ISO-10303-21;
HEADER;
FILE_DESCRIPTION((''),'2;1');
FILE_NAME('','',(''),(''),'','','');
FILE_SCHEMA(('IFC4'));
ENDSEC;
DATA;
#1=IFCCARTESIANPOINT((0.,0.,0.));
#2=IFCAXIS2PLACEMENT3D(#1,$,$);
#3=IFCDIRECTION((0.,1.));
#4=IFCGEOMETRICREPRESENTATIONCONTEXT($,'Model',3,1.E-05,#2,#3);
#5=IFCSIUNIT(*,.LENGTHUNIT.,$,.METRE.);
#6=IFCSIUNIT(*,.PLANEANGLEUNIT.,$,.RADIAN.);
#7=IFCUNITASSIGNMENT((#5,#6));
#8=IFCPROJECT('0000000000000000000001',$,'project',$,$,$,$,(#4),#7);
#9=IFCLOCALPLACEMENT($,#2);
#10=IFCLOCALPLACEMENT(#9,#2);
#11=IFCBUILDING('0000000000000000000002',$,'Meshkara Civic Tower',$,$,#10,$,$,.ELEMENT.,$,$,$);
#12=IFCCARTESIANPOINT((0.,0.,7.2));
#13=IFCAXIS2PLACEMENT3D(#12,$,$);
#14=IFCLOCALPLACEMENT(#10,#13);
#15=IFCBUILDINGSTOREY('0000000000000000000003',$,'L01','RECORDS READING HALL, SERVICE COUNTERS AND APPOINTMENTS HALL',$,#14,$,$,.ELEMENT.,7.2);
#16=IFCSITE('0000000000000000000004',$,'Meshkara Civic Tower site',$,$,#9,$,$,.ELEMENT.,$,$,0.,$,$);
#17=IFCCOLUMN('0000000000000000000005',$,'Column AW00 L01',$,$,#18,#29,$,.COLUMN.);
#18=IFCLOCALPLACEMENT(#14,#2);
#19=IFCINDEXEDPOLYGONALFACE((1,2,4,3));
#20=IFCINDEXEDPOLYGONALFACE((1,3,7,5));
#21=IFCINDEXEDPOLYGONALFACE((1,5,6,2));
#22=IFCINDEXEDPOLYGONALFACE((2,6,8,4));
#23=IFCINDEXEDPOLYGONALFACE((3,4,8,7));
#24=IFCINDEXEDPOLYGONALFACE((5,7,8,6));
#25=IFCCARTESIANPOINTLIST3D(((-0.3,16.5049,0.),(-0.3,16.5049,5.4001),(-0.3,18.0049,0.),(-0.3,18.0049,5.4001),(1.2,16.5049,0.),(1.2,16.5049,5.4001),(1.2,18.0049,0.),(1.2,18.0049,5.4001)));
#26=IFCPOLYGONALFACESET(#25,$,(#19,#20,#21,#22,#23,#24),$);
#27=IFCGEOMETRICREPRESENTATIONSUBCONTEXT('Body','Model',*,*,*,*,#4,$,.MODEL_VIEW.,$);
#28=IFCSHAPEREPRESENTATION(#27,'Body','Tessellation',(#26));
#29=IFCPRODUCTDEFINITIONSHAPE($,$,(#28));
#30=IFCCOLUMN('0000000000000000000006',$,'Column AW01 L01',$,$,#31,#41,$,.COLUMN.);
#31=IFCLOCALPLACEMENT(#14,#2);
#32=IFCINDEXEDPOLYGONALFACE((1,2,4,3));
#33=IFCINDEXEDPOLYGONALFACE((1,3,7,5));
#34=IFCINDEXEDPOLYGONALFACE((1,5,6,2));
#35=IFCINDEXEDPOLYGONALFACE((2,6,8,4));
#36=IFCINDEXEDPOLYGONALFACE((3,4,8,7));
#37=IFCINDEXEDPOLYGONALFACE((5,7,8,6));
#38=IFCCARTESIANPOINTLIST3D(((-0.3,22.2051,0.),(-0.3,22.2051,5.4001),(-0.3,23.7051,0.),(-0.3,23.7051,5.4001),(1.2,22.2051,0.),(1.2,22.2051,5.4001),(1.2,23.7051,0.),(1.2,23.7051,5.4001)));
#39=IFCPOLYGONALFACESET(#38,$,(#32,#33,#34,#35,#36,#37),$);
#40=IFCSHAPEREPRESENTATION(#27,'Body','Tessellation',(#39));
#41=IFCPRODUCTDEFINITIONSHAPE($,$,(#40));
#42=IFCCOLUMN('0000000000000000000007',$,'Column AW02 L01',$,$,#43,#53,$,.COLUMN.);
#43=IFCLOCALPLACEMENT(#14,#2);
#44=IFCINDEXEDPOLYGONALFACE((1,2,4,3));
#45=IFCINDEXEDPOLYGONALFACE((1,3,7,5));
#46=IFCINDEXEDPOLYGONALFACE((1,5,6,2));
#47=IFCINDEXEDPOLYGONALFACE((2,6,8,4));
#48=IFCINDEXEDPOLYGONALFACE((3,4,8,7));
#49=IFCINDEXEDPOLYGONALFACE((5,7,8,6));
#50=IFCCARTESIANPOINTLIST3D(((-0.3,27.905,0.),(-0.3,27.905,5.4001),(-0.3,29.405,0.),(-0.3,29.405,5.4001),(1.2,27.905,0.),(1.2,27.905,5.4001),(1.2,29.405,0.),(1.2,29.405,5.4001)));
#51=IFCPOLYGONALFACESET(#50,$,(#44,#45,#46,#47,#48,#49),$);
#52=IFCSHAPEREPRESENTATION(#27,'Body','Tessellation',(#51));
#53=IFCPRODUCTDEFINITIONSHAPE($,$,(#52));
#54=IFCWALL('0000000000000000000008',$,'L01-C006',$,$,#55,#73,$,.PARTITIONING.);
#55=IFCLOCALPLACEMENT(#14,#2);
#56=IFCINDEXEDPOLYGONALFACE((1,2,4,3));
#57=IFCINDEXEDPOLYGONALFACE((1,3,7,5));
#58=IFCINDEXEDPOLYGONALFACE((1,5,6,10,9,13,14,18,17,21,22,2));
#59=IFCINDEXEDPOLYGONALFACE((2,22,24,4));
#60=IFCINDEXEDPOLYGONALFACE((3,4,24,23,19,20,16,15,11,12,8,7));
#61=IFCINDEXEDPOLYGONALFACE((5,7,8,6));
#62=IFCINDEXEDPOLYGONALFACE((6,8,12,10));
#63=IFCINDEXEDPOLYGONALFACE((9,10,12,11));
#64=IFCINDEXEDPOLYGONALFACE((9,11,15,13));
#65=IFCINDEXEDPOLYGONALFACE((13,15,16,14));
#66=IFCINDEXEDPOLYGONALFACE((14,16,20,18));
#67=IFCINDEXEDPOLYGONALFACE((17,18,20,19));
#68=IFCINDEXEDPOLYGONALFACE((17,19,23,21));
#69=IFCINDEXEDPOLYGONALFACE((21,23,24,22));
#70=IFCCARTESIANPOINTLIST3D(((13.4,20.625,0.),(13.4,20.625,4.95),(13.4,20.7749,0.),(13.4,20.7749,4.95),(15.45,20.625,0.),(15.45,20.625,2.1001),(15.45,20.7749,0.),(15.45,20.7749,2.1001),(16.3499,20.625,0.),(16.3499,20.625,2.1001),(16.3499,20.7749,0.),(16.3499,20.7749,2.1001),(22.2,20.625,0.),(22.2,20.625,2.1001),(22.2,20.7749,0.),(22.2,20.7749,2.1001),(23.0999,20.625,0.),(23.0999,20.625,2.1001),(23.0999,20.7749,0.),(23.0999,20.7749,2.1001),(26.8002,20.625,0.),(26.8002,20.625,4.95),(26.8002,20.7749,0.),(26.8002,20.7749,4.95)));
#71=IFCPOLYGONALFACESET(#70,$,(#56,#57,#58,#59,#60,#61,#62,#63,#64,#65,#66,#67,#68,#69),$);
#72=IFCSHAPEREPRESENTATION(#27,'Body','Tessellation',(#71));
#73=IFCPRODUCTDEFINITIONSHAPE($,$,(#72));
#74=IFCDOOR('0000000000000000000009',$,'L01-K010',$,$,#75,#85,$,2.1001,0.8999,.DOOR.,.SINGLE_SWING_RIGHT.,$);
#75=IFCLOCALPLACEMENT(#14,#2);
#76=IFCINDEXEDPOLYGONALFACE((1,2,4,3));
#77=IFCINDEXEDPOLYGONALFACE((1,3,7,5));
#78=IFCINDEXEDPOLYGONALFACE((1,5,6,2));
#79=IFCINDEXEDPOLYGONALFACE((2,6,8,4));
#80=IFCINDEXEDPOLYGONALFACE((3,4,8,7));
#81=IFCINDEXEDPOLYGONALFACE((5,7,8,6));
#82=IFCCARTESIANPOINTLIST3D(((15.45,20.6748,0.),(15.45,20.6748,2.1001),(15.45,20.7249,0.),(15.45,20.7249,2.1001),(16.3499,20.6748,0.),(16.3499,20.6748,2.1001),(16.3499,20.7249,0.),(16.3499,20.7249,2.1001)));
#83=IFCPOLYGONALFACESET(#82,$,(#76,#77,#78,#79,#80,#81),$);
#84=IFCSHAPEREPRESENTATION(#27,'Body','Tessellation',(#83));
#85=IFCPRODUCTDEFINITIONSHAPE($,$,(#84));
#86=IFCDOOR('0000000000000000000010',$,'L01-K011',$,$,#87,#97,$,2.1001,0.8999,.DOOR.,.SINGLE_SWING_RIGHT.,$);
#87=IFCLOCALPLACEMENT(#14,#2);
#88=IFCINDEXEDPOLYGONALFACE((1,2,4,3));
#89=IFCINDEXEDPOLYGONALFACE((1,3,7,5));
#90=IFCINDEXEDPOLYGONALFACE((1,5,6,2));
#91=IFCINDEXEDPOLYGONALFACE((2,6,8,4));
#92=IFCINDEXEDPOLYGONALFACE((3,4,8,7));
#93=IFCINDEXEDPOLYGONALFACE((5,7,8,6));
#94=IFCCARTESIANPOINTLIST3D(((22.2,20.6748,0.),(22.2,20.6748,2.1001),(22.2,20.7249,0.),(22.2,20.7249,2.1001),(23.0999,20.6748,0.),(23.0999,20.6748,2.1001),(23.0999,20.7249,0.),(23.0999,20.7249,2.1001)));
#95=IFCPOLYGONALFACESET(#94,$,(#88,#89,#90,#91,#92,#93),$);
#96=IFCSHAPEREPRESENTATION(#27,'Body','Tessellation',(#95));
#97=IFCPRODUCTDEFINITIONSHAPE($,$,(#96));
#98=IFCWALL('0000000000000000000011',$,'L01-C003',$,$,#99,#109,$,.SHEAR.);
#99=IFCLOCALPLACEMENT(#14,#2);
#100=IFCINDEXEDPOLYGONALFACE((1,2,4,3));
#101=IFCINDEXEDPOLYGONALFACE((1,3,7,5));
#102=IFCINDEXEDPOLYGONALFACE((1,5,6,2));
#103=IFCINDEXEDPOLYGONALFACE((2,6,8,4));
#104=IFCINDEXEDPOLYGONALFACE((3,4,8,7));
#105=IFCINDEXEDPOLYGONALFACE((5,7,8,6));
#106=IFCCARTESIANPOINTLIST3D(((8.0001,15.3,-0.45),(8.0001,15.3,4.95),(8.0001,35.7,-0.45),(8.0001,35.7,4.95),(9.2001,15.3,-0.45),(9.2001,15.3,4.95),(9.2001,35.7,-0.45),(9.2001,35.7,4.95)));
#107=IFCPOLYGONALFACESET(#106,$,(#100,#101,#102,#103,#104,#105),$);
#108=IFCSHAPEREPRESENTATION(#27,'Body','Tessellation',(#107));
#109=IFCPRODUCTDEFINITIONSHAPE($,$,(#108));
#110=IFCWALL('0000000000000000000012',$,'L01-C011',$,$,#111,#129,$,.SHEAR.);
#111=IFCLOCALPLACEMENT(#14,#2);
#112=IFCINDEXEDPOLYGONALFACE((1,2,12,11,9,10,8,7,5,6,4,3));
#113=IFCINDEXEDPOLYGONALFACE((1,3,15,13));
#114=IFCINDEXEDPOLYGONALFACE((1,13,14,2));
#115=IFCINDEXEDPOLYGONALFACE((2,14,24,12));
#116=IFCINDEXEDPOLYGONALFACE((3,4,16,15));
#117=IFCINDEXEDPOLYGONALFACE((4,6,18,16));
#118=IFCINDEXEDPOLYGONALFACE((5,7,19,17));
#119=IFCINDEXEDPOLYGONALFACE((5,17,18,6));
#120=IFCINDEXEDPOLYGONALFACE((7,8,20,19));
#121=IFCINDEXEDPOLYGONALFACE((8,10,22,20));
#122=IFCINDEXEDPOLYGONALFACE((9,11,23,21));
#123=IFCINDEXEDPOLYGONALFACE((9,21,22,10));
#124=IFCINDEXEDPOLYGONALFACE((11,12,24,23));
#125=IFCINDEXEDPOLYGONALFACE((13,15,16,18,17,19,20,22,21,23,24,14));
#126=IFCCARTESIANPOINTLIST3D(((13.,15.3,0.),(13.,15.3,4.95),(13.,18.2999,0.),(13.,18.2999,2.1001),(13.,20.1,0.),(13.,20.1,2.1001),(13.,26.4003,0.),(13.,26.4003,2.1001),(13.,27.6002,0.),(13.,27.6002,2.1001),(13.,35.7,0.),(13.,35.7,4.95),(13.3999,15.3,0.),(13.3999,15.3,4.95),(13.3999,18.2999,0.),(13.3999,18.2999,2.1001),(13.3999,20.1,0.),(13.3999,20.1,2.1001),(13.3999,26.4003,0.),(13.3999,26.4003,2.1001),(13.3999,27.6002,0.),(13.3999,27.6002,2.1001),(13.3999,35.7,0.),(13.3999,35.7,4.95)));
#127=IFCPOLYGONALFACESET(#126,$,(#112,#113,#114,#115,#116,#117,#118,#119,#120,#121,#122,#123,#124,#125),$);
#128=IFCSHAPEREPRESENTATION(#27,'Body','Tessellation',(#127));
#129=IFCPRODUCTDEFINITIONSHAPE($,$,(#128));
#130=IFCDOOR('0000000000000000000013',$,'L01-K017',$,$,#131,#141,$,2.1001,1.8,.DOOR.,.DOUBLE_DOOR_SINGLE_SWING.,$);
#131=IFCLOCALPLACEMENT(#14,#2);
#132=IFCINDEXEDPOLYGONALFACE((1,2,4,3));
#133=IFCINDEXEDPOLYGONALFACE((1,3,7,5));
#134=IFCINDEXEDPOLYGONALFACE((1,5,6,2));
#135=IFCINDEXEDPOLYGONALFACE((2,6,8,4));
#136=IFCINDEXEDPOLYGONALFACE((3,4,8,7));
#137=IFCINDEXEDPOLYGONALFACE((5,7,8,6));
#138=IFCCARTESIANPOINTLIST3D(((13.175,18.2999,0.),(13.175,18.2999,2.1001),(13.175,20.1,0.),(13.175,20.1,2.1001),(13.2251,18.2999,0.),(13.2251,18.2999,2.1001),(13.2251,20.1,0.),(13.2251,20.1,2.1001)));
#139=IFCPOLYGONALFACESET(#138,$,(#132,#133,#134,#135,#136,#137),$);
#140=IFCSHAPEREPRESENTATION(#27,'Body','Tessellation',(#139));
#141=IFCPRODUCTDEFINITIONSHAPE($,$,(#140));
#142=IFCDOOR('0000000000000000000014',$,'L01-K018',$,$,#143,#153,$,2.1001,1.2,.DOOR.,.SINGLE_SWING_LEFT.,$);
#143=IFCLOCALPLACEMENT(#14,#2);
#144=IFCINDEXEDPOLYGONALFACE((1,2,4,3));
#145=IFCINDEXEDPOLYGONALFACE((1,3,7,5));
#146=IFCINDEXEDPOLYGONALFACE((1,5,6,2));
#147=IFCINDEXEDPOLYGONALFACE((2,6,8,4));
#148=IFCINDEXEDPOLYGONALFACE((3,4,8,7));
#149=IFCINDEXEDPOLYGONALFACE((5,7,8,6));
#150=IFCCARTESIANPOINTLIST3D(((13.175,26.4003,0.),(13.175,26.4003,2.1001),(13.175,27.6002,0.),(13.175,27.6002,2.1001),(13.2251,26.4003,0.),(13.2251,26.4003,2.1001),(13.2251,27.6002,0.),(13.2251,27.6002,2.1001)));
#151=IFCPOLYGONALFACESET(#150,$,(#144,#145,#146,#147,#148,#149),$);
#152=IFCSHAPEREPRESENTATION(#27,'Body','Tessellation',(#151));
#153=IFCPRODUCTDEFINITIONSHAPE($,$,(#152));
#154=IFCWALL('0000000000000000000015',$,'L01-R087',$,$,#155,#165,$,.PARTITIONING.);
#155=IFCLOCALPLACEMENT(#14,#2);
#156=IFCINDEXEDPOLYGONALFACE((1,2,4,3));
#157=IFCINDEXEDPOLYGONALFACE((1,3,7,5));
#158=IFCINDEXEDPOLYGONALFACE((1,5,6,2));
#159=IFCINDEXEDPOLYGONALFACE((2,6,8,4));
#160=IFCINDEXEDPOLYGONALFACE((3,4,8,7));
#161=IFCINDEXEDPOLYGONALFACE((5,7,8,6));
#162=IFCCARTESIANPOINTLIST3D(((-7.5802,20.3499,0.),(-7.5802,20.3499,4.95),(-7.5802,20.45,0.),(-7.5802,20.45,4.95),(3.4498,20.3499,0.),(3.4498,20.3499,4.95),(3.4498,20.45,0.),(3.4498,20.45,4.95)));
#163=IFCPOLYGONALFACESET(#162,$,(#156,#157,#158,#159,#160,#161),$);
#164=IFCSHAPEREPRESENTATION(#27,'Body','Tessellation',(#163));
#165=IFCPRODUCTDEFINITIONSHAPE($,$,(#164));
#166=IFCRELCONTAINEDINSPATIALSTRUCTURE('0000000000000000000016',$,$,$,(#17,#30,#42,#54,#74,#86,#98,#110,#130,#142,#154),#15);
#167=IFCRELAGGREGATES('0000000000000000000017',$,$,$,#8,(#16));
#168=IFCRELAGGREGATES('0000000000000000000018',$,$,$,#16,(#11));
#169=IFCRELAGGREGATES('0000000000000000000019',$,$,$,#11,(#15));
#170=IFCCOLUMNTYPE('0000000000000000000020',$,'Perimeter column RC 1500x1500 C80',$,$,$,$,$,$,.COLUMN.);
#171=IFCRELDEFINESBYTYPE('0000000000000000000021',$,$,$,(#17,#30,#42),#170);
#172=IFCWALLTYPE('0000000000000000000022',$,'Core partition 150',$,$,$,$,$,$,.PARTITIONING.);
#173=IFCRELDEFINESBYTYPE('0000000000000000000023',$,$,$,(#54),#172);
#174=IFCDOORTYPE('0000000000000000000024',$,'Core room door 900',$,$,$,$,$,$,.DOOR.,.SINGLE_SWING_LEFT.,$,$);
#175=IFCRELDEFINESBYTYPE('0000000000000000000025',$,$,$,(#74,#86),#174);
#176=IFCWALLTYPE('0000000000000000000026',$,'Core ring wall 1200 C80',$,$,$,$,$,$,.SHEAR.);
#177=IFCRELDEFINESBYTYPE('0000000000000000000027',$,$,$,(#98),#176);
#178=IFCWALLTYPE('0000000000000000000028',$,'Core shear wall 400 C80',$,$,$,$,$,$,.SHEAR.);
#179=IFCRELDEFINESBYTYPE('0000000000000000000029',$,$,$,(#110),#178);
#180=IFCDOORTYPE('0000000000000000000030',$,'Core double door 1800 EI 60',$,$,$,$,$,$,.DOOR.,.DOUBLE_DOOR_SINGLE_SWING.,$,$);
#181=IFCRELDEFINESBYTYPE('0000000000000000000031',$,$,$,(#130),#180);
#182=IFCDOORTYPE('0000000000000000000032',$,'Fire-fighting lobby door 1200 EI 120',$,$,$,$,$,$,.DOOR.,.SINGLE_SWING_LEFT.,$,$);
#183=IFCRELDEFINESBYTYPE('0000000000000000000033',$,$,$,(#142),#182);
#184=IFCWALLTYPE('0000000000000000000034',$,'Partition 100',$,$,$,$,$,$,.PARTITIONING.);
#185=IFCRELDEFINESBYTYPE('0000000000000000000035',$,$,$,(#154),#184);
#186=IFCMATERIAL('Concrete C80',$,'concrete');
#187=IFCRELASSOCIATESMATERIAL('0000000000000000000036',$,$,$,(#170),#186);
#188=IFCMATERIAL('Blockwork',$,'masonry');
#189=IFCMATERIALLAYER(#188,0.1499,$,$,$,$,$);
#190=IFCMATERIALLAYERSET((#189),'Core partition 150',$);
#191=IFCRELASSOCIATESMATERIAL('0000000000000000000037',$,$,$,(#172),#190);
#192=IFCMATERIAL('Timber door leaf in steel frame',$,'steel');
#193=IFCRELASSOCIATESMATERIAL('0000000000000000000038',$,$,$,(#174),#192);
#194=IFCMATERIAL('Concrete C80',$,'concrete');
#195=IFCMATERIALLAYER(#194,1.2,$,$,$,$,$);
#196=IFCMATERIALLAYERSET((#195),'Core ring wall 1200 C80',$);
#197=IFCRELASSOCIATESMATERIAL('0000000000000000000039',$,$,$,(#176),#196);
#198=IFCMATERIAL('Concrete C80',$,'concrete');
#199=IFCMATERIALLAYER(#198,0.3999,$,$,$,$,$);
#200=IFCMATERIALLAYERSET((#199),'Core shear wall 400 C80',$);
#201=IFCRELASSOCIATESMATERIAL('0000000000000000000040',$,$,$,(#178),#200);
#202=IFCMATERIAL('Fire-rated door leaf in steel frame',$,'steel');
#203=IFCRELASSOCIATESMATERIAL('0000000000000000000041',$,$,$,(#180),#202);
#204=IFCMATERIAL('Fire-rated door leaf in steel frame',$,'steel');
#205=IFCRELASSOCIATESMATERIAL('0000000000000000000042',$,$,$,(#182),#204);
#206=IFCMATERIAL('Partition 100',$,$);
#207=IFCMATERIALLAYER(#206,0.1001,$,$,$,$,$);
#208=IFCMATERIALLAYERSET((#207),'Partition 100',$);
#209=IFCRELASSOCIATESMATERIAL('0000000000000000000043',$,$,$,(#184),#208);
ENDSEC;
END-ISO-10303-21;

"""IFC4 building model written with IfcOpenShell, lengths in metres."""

from ifc_helpers import new_model, si_unit, direction, frame, frame_2d, origin, origin_2d, place, context, subcontext, project, spatial, rectangle, extrude, material, layer, layer_set, material_profile, profile_set, type_object, element, fill, save


model = new_model("IFC4")

# Units and contexts
model_context = context("Model", 3, precision=1e-05, world=origin(), true_north=direction((0.0, 1.0)))
body_context = subcontext(model_context, "Body", "Model", "MODEL_VIEW")
ifc_project = project(units=[si_unit("LENGTHUNIT", "METRE"), si_unit("PLANEANGLEUNIT", "RADIAN")], contexts=[model_context])

# Site, building, storey
site_placement = place(None, origin())
site = spatial("IfcSite", under=ifc_project, at=site_placement, Name="Meshkara Civic Tower site", CompositionType="ELEMENT", RefElevation=0.0)
building_placement = place(site_placement, origin())
building = spatial("IfcBuilding", under=site, at=building_placement, Name="Meshkara Civic Tower", CompositionType="ELEMENT")
storey_placement = place(building_placement, frame((0.0, 0.0, 7.2)))
storey = spatial("IfcBuildingStorey", under=building, at=storey_placement, Name="L01", Description="RECORDS READING HALL, SERVICE COUNTERS AND APPOINTMENTS HALL", CompositionType="ELEMENT", Elevation=7.2)

# Columns
ifc_material_1 = material(Name="Concrete C80", Category="concrete")
ifc_material_profile = material_profile(ifc_material_1, rectangle(XDim=1.5, YDim=1.5, at=origin_2d()))
ifc_profile_set = profile_set([ifc_material_profile], Name="Concrete C80")
column_type = type_object("IfcColumnType", Name="Perimeter column RC 1500x1500 C80", PredefinedType="COLUMN", material=ifc_profile_set)
for number, where, z_axis, x_axis, name in (
    (1, (0.45, 17.2549, 0.0), (0.0, 0.0, 1.0), (1.0, 0.0, 0.0), "Column AW00 L01"),
    (2, (0.45, 22.9551, 0.0), (0.0, 0.0, 1.0), (1.0, 0.0, 0.0), "Column AW01 L01"),
    (3, (0.45, 28.655, 0.0), (0.0, 0.0, 1.0), (1.0, 0.0, 0.0), "Column AW02 L01"),
):
    element("IfcColumn", number, at=place(storey_placement, frame(where, z_axis=z_axis, x_axis=x_axis)), inside=storey, type_object=column_type, Name=name, PredefinedType="COLUMN", context=body_context, shape_type="SweptSolid", body=[
        extrude(rectangle(XDim=1.5, YDim=1.5, at=origin_2d()), origin(), (0.0, 0.0, 1.0), 5.4001),
    ])

# Wall, openings, doors
ifc_material_2 = material(Name="Blockwork", Category="masonry")
ifc_layer_1 = layer(ifc_material_2, 0.1499)
ifc_layer_set_1 = layer_set([ifc_layer_1], Name="Core partition 150")
wall_type_1 = type_object("IfcWallType", Name="Core partition 150", PredefinedType="PARTITIONING", material=ifc_layer_set_1)
wall_1_placement = place(storey_placement, frame((13.3999, 20.7, 0.0), z_axis=(0.0, 0.0, 1.0), x_axis=(1.0, 0.0, 0.0)))
wall_1 = element("IfcWall", 4, at=wall_1_placement, inside=storey, type_object=wall_type_1, Name="L01-C006", PredefinedType="PARTITIONING", context=body_context, shape_type="SweptSolid", body=[
    extrude(rectangle(XDim=13.4001, YDim=0.1499, at=frame_2d((6.7002, 0.0))), origin(), (0.0, 0.0, 1.0), 4.95),
])
opening_1_placement = place(wall_1_placement, frame((2.05, 0.0, 0.0)))
opening_1 = element("IfcOpeningElement", 5, at=opening_1_placement, cuts=wall_1, PredefinedType="OPENING", context=body_context, shape_type="SweptSolid", body=[
    extrude(rectangle(XDim=0.8999, YDim=2.1001, at=frame_2d((0.45, 1.05))), frame((0.0, 0.085, 0.0), z_axis=(0.0, -1.0, 0.0), x_axis=(1.0, 0.0, 0.0)), (0.0, 0.0, 1.0), 0.1699),
])
opening_2_placement = place(wall_1_placement, frame((8.8, 0.0, 0.0)))
opening_2 = element("IfcOpeningElement", 6, at=opening_2_placement, cuts=wall_1, PredefinedType="OPENING", context=body_context, shape_type="SweptSolid", body=[
    extrude(rectangle(XDim=0.8999, YDim=2.1001, at=frame_2d((0.45, 1.05))), frame((0.0, 0.085, 0.0), z_axis=(0.0, -1.0, 0.0), x_axis=(1.0, 0.0, 0.0)), (0.0, 0.0, 1.0), 0.1699),
])
ifc_material_3 = material(Name="Timber door leaf in steel frame", Category="steel")
door_type_1 = type_object("IfcDoorType", Name="Core room door 900", OperationType="SINGLE_SWING_LEFT", PredefinedType="DOOR", material=ifc_material_3)
door_1_placement = place(opening_1_placement, origin())
door_1 = element("IfcDoor", 7, at=door_1_placement, inside=storey, type_object=door_type_1, Name="L01-K010", OperationType="SINGLE_SWING_RIGHT", OverallHeight=2.1001, OverallWidth=0.8999, PredefinedType="DOOR", context=body_context, shape_type="SweptSolid", body=[
    extrude(rectangle(XDim=0.8999, YDim=2.1001, at=frame_2d((0.45, 1.05))), frame((0.0, 0.0249, 0.0), z_axis=(0.0, -1.0, 0.0), x_axis=(1.0, 0.0, 0.0)), (0.0, 0.0, 1.0), 0.05),
])
fill(opening_1, door_1)
door_2_placement = place(opening_2_placement, origin())
door_2 = element("IfcDoor", 8, at=door_2_placement, inside=storey, type_object=door_type_1, Name="L01-K011", OperationType="SINGLE_SWING_RIGHT", OverallHeight=2.1001, OverallWidth=0.8999, PredefinedType="DOOR", context=body_context, shape_type="SweptSolid", body=[
    extrude(rectangle(XDim=0.8999, YDim=2.1001, at=frame_2d((0.45, 1.05))), frame((0.0, 0.0249, 0.0), z_axis=(0.0, -1.0, 0.0), x_axis=(1.0, 0.0, 0.0)), (0.0, 0.0, 1.0), 0.05),
])
fill(opening_2, door_2)

# Wall
ifc_material_4 = material(Name="Concrete C80", Category="concrete")
ifc_layer_2 = layer(ifc_material_4, 1.2)
ifc_layer_set_2 = layer_set([ifc_layer_2], Name="Core ring wall 1200 C80")
wall_type_2 = type_object("IfcWallType", Name="Core ring wall 1200 C80", PredefinedType="SHEAR", material=ifc_layer_set_2)
wall_2_placement = place(storey_placement, frame((8.6001, 15.3, -0.45), z_axis=(0.0, 0.0, 1.0), x_axis=(0.0, 1.0, 0.0)))
element("IfcWall", 9, at=wall_2_placement, inside=storey, type_object=wall_type_2, Name="L01-C003", PredefinedType="SHEAR", context=body_context, shape_type="SweptSolid", body=[
    extrude(rectangle(XDim=20.3999, YDim=1.2, at=frame_2d((10.2, 0.0))), origin(), (0.0, 0.0, 1.0), 5.3999),
])

# Wall, openings, doors
ifc_material_5 = material(Name="Concrete C80", Category="concrete")
ifc_layer_3 = layer(ifc_material_5, 0.3999)
ifc_layer_set_3 = layer_set([ifc_layer_3], Name="Core shear wall 400 C80")
wall_type_3 = type_object("IfcWallType", Name="Core shear wall 400 C80", PredefinedType="SHEAR", material=ifc_layer_set_3)
wall_3_placement = place(storey_placement, frame((13.2, 15.3, 0.0), z_axis=(0.0, 0.0, 1.0), x_axis=(0.0, 1.0, 0.0)))
wall_3 = element("IfcWall", 10, at=wall_3_placement, inside=storey, type_object=wall_type_3, Name="L01-C011", PredefinedType="SHEAR", context=body_context, shape_type="SweptSolid", body=[
    extrude(rectangle(XDim=20.3999, YDim=0.3999, at=frame_2d((10.2, 0.0))), origin(), (0.0, 0.0, 1.0), 4.95),
])
opening_3_placement = place(wall_3_placement, frame((3.0, 0.0, 0.0)))
opening_3 = element("IfcOpeningElement", 11, at=opening_3_placement, cuts=wall_3, PredefinedType="OPENING", context=body_context, shape_type="SweptSolid", body=[
    extrude(rectangle(XDim=1.8, YDim=2.1001, at=frame_2d((0.8999, 1.05))), frame((0.0, 0.21, 0.0), z_axis=(0.0, -1.0, 0.0), x_axis=(1.0, 0.0, 0.0)), (0.0, 0.0, 1.0), 0.4199),
])
opening_4_placement = place(wall_3_placement, frame((11.1001, 0.0, 0.0)))
opening_4 = element("IfcOpeningElement", 12, at=opening_4_placement, cuts=wall_3, PredefinedType="OPENING", context=body_context, shape_type="SweptSolid", body=[
    extrude(rectangle(XDim=1.2, YDim=2.1001, at=frame_2d((0.6001, 1.05))), frame((0.0, 0.21, 0.0), z_axis=(0.0, -1.0, 0.0), x_axis=(1.0, 0.0, 0.0)), (0.0, 0.0, 1.0), 0.4199),
])
ifc_material_6 = material(Name="Fire-rated door leaf in steel frame", Category="steel")
door_type_2 = type_object("IfcDoorType", Name="Core double door 1800 EI 60", OperationType="DOUBLE_DOOR_SINGLE_SWING", PredefinedType="DOOR", material=ifc_material_6)
door_3_placement = place(opening_3_placement, origin())
door_3 = element("IfcDoor", 13, at=door_3_placement, inside=storey, type_object=door_type_2, Name="L01-K017", OperationType="DOUBLE_DOOR_SINGLE_SWING", OverallHeight=2.1001, OverallWidth=1.8, PredefinedType="DOOR", context=body_context, shape_type="SweptSolid", body=[
    extrude(rectangle(XDim=1.8, YDim=2.1001, at=frame_2d((0.8999, 1.05))), frame((0.0, 0.0249, 0.0), z_axis=(0.0, -1.0, 0.0), x_axis=(1.0, 0.0, 0.0)), (0.0, 0.0, 1.0), 0.05),
])
fill(opening_3, door_3)
ifc_material_7 = material(Name="Fire-rated door leaf in steel frame", Category="steel")
door_type_3 = type_object("IfcDoorType", Name="Fire-fighting lobby door 1200 EI 120", OperationType="SINGLE_SWING_LEFT", PredefinedType="DOOR", material=ifc_material_7)
door_4_placement = place(opening_4_placement, origin())
door_4 = element("IfcDoor", 14, at=door_4_placement, inside=storey, type_object=door_type_3, Name="L01-K018", OperationType="SINGLE_SWING_LEFT", OverallHeight=2.1001, OverallWidth=1.2, PredefinedType="DOOR", context=body_context, shape_type="SweptSolid", body=[
    extrude(rectangle(XDim=1.2, YDim=2.1001, at=frame_2d((0.6001, 1.05))), frame((0.0, 0.0249, 0.0), z_axis=(0.0, -1.0, 0.0), x_axis=(1.0, 0.0, 0.0)), (0.0, 0.0, 1.0), 0.05),
])
fill(opening_4, door_4)

# Wall
ifc_material_8 = material(Name="Partition 100")
ifc_layer_4 = layer(ifc_material_8, 0.1001)
ifc_layer_set_4 = layer_set([ifc_layer_4], Name="Partition 100")
wall_type_4 = type_object("IfcWallType", Name="Partition 100", PredefinedType="PARTITIONING", material=ifc_layer_set_4)
for number, where, z_axis, x_axis, name in (
    (15, (3.45, 20.3999, 0.0), (0.0, 0.0, 1.0), (-1.0, 0.0, 0.0), "L01-R087"),
):
    element("IfcWall", number, at=place(storey_placement, frame(where, z_axis=z_axis, x_axis=x_axis)), inside=storey, type_object=wall_type_4, Name=name, PredefinedType="PARTITIONING", context=body_context, shape_type="SweptSolid", body=[
        extrude(rectangle(XDim=11.03, YDim=0.1001, at=frame_2d((5.5151, 0.0))), origin(), (0.0, 0.0, 1.0), 4.95),
    ])

save(model, "model.ifc")
